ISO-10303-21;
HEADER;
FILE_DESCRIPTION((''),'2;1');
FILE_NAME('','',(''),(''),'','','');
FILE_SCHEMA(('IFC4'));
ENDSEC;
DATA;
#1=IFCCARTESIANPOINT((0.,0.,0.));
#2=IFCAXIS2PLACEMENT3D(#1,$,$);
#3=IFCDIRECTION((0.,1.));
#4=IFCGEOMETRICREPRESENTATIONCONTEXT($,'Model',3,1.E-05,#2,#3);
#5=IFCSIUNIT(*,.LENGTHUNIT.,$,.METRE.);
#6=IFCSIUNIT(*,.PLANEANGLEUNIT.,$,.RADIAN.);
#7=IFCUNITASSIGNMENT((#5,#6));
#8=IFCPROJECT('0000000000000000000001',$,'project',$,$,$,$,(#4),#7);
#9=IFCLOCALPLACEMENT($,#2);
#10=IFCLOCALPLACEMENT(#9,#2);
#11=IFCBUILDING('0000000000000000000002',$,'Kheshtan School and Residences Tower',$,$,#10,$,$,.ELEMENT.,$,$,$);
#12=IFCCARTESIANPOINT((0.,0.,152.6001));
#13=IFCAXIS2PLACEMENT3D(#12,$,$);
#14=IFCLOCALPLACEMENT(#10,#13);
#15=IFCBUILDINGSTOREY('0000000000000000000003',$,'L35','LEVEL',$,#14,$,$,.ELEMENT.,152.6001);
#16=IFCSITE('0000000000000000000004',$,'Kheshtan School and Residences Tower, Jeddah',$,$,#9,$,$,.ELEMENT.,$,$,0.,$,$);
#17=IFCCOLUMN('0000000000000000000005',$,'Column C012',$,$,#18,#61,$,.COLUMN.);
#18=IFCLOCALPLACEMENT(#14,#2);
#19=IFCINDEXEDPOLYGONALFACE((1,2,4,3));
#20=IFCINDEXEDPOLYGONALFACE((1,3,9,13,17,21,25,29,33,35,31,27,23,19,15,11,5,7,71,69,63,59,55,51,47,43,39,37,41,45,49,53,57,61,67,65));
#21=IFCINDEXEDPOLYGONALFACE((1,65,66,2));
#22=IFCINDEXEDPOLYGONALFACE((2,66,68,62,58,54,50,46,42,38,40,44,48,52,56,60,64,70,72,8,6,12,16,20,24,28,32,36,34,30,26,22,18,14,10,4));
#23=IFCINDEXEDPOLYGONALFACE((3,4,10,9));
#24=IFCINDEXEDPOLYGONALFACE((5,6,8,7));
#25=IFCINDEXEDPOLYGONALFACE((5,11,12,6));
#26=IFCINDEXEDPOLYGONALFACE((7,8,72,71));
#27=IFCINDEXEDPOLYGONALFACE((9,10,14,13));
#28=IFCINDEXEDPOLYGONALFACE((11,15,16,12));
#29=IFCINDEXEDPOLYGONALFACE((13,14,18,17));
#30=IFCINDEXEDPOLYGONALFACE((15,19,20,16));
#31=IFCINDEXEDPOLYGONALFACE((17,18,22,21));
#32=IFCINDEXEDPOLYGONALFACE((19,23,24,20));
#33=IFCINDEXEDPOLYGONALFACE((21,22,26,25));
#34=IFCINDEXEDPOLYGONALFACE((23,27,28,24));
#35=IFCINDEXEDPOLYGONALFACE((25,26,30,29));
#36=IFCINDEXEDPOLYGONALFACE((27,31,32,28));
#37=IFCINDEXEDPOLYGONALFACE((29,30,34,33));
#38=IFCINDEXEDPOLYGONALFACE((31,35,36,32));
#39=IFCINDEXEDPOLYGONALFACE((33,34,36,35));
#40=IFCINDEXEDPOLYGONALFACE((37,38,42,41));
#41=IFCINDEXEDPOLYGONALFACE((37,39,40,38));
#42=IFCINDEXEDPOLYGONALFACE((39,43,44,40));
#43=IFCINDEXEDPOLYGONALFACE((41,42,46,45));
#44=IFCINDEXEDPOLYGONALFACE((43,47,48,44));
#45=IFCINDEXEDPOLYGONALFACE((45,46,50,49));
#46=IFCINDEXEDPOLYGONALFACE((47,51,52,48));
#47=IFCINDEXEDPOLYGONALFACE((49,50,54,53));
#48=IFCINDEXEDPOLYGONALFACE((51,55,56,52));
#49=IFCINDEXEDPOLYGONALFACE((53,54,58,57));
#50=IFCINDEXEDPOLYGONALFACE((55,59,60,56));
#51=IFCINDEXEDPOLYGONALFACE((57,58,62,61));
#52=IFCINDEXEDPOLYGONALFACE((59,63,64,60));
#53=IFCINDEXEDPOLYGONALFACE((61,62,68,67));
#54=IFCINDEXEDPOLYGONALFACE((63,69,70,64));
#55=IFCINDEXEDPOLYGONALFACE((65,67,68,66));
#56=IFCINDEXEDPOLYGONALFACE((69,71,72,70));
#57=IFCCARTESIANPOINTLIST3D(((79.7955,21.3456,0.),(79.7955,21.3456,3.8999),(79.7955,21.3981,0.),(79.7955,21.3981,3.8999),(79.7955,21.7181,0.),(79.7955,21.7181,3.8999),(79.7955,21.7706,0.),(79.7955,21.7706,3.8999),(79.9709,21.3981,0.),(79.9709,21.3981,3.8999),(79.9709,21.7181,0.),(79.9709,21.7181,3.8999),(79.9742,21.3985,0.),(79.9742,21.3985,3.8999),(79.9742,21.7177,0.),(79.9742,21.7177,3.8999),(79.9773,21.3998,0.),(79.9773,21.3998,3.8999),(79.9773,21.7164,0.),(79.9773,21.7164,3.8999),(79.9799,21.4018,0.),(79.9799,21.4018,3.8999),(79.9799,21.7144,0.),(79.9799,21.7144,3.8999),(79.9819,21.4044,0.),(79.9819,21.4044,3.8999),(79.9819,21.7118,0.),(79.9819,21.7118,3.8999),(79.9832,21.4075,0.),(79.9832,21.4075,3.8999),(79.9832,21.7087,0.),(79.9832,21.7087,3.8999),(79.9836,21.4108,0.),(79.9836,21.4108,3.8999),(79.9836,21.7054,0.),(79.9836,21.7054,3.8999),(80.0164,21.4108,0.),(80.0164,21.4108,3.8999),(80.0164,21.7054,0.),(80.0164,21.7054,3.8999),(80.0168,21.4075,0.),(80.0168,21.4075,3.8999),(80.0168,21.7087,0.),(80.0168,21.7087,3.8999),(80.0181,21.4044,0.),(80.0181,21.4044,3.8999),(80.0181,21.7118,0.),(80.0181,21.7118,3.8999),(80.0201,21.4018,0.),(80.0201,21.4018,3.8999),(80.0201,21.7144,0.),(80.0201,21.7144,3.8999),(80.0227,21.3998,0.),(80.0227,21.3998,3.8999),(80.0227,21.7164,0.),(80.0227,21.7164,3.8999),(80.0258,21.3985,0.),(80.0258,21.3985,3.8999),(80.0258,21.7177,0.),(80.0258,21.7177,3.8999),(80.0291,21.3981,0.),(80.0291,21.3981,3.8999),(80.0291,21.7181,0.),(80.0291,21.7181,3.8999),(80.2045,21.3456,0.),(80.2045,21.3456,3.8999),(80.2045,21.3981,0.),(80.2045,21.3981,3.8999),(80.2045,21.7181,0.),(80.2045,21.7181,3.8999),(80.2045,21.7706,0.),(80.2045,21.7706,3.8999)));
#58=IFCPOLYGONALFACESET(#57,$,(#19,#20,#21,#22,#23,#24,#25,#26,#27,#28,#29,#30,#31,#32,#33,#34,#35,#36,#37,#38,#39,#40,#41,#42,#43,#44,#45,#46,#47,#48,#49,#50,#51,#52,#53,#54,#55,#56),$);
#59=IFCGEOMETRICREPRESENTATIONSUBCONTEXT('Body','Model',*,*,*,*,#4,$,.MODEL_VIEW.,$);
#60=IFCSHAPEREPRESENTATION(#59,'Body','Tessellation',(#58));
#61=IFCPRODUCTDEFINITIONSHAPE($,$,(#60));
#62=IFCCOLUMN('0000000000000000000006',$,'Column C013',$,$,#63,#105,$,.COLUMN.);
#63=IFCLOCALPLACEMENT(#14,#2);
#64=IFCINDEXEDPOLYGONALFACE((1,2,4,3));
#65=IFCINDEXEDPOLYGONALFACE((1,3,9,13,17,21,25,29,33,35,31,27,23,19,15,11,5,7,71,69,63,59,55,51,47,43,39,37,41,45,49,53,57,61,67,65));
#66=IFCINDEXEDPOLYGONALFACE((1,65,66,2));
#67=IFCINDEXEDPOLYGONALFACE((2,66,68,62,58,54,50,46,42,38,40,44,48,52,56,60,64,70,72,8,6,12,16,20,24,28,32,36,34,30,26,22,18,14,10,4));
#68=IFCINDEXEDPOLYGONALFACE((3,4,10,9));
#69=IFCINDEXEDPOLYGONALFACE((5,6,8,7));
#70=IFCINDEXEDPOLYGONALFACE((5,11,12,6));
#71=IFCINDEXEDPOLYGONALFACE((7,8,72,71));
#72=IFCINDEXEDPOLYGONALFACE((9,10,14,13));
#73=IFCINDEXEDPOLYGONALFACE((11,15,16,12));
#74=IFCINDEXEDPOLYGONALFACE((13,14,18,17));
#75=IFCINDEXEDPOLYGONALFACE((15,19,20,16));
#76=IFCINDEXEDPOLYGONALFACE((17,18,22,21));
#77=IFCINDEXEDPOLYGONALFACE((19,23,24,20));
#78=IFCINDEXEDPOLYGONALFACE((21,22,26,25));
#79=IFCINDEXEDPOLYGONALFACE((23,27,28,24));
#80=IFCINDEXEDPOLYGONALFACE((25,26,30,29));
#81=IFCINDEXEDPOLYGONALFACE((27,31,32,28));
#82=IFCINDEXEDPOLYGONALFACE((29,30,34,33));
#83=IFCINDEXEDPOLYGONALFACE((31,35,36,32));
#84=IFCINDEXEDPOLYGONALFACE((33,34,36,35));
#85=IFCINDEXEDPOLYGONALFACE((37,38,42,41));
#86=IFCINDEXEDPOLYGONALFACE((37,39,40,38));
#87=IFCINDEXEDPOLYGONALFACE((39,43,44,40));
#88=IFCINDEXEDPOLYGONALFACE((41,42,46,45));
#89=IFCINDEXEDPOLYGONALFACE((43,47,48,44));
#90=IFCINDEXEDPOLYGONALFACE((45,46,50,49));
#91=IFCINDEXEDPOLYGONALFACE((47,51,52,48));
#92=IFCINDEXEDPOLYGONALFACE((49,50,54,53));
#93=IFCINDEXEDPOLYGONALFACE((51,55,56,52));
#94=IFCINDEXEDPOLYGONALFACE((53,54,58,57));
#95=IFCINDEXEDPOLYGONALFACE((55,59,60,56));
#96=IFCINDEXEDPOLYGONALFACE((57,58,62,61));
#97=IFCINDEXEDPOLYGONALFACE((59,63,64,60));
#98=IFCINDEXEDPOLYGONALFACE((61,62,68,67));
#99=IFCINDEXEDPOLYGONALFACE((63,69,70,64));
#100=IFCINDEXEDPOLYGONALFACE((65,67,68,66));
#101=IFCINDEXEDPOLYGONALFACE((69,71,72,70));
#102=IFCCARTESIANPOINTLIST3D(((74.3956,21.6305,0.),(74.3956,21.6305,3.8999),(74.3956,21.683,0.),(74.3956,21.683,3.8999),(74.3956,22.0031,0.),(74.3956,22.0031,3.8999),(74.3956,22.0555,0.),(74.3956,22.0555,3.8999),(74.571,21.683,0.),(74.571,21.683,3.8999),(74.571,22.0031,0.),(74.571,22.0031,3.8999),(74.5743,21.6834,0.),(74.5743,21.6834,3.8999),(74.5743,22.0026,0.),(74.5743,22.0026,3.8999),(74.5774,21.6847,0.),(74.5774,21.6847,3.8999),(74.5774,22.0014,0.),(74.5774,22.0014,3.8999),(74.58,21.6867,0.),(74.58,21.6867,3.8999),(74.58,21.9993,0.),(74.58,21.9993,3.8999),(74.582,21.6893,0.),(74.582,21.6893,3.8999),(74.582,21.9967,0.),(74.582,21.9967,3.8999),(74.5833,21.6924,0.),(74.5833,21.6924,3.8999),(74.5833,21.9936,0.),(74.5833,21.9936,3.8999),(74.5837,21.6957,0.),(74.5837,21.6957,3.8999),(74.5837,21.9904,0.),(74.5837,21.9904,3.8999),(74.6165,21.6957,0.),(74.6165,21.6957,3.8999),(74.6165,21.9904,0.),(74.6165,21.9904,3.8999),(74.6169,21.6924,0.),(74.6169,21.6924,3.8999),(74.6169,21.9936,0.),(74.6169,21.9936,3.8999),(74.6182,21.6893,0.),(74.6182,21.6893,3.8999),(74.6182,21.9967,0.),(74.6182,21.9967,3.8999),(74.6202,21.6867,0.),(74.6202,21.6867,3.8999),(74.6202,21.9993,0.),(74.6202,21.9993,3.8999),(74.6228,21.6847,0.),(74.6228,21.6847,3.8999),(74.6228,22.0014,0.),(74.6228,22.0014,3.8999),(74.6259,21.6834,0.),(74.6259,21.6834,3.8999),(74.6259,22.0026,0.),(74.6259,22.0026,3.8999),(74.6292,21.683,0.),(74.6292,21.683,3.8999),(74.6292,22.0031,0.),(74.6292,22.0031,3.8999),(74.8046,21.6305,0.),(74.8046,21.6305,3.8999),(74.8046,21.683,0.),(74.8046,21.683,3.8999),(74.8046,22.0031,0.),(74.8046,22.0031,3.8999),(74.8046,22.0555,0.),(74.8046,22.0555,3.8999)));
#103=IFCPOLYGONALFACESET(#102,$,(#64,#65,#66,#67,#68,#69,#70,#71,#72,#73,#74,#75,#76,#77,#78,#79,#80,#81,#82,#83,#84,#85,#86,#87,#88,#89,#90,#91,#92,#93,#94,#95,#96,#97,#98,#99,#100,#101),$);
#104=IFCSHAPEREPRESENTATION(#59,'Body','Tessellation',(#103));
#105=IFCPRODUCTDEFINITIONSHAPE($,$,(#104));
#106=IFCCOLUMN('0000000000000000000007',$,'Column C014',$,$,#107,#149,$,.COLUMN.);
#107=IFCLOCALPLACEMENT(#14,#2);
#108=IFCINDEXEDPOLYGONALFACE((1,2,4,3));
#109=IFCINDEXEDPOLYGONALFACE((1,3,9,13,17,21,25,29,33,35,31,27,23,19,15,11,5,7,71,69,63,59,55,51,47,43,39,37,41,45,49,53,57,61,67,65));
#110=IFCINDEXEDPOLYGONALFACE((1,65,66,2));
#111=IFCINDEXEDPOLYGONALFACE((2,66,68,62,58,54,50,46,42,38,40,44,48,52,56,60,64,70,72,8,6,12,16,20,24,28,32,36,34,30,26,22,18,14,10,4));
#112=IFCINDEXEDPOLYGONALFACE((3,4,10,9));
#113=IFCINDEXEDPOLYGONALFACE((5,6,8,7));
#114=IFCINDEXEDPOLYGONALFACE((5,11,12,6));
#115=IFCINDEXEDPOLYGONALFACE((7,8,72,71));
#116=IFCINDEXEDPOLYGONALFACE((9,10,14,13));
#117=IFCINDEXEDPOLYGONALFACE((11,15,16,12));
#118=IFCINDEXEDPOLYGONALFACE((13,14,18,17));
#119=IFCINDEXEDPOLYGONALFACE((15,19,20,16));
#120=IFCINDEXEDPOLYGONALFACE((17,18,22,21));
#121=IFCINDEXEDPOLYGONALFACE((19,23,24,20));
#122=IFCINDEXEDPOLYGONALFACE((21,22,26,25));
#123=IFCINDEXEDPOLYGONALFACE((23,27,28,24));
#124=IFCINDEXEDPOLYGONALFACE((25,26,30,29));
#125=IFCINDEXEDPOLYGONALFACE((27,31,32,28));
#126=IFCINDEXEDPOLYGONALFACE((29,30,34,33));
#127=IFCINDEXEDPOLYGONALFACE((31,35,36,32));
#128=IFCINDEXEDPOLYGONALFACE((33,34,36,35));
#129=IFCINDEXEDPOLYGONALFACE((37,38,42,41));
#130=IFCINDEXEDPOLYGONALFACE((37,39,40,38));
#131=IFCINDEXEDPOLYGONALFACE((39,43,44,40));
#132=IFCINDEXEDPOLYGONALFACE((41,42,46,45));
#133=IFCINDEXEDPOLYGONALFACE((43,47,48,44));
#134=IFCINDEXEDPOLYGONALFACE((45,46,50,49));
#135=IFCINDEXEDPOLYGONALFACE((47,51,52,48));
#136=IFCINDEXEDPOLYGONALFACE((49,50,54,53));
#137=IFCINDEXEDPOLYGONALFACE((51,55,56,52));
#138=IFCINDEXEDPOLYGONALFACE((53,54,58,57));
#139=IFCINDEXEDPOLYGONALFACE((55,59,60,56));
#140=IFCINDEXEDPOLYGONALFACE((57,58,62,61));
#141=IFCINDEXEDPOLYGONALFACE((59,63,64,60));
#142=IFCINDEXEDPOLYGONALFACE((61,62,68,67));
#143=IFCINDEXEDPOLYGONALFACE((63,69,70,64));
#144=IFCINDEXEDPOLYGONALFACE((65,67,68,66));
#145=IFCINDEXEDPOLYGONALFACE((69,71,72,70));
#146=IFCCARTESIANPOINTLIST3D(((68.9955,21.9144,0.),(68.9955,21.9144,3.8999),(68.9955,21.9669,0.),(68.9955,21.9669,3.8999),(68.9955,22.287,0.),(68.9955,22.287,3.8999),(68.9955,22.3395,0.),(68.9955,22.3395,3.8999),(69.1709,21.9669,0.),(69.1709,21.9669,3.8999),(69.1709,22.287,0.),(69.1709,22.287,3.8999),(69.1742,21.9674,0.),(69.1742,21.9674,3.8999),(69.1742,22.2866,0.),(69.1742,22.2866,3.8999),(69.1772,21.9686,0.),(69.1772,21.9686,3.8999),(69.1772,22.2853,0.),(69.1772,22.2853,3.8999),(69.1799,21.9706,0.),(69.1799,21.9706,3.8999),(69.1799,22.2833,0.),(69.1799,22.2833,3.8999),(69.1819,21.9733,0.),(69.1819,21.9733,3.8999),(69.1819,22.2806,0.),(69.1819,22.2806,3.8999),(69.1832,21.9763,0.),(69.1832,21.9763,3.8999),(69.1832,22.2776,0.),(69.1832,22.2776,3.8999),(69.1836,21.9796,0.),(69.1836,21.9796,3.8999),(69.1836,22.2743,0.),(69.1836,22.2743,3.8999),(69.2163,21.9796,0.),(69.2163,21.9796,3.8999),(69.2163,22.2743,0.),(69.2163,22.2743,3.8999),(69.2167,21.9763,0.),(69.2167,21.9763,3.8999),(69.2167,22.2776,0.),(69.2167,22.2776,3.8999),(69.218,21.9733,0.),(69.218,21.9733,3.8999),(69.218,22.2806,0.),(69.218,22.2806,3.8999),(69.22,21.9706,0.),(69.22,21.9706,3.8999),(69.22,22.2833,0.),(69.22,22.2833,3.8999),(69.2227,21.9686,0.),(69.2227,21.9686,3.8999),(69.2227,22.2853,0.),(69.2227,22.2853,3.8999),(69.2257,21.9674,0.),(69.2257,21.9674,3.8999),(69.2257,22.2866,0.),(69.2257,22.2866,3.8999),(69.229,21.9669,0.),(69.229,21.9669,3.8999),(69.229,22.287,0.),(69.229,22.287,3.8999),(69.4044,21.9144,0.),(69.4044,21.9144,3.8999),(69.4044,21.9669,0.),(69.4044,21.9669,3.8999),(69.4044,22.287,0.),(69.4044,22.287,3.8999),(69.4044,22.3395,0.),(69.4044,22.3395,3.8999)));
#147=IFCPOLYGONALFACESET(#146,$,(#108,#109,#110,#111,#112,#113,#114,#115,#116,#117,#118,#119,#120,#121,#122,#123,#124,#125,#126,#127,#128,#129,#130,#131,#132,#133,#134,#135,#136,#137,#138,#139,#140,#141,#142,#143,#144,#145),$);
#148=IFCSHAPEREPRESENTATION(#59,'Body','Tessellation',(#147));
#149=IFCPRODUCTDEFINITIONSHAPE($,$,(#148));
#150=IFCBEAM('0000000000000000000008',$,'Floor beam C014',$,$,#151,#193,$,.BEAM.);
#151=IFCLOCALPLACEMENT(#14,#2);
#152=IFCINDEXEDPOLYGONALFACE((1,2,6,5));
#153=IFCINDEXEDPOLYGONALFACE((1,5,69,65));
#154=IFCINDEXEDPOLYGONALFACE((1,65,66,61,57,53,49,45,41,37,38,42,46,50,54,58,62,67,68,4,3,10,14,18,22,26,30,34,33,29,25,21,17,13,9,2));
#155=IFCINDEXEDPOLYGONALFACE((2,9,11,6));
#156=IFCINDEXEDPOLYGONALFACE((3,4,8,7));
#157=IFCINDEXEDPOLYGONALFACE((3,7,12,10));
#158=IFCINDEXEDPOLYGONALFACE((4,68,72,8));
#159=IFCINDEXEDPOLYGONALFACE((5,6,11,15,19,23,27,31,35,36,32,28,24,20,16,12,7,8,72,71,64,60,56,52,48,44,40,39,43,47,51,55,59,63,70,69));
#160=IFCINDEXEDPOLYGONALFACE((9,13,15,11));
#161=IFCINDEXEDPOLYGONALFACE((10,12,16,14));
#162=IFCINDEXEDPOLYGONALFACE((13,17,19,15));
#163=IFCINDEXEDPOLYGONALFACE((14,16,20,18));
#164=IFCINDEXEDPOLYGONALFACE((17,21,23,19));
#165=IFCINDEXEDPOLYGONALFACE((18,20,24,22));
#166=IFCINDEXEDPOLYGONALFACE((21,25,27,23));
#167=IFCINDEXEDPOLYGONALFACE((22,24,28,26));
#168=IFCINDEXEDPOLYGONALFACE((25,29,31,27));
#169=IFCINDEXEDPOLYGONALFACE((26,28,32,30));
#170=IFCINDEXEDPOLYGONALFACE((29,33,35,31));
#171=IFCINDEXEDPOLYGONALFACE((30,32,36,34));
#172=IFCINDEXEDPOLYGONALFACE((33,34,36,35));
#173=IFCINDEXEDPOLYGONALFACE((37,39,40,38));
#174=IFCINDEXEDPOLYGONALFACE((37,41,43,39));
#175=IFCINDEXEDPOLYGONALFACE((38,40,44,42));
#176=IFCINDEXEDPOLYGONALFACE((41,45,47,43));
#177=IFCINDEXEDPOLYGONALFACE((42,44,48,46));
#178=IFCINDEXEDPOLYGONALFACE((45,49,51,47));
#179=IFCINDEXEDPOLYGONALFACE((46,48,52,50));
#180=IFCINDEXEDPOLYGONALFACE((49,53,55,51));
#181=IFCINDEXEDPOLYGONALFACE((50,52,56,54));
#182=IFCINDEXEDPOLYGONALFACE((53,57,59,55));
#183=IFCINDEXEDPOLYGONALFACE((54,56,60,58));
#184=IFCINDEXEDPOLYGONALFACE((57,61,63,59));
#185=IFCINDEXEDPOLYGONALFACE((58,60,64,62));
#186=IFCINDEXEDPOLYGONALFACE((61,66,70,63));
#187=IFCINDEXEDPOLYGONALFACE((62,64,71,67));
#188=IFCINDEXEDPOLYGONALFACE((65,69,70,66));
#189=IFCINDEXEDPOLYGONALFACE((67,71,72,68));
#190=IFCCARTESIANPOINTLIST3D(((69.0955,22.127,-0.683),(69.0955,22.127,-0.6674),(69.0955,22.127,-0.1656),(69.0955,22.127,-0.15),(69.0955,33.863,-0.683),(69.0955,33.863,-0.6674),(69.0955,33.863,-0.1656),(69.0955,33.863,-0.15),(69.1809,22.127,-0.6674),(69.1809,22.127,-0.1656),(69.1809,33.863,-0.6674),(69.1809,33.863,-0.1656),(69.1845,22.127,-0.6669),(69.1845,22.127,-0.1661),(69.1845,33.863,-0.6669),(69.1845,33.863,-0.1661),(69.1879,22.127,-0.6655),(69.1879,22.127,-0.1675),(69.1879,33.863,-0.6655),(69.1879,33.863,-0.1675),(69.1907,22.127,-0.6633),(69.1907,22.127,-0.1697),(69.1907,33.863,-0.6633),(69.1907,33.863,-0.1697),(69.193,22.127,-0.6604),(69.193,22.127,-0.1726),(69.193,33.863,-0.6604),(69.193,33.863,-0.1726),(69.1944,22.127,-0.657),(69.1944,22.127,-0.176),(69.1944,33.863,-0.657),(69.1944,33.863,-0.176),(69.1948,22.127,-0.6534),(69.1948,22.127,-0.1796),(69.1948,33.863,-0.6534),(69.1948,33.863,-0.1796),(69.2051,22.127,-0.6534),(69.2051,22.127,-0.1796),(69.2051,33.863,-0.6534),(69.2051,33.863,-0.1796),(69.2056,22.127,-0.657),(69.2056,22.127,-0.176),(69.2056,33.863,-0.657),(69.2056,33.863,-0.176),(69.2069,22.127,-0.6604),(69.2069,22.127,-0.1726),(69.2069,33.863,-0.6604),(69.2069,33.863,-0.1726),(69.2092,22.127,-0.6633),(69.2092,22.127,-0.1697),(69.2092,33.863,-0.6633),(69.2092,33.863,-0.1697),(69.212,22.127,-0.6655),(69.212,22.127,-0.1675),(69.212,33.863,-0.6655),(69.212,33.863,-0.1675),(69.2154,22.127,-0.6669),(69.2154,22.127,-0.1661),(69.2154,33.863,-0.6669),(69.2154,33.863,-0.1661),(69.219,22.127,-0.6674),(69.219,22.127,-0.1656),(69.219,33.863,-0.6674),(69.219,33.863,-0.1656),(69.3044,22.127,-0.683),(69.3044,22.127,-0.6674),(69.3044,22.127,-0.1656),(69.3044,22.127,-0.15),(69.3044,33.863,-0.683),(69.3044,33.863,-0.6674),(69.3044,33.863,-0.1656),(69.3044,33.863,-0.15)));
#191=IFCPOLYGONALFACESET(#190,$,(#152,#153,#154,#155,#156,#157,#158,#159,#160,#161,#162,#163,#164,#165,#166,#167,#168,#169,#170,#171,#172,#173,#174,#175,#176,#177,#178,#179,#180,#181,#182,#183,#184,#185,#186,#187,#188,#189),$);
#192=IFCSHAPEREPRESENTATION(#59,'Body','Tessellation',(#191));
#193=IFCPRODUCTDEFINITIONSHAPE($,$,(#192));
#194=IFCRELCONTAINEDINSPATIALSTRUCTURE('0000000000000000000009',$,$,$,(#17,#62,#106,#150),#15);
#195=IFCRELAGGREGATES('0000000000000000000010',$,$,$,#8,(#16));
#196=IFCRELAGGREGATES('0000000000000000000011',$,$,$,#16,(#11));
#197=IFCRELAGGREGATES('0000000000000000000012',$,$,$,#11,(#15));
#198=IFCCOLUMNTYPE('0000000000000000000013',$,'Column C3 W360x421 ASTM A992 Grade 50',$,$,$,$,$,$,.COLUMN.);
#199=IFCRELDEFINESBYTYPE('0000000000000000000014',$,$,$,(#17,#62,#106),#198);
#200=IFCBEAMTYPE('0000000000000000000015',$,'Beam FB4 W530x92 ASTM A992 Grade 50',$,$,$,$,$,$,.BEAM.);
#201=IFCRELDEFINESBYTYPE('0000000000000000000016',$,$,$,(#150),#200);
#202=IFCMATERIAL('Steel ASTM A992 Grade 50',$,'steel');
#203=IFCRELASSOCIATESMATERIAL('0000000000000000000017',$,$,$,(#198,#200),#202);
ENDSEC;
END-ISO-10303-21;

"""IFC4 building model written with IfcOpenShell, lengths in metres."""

from ifc_helpers import new_model, si_unit, direction, frame, origin, origin_2d, place, context, subcontext, project, spatial, i_section, extrude, material, material_profile, profile_set, type_object, element, save


model = new_model("IFC4")

# Units and contexts
model_context = context("Model", 3, precision=1e-05, world=origin(), true_north=direction((0.0, 1.0)))
body_context = subcontext(model_context, "Body", "Model", "MODEL_VIEW")
ifc_project = project(units=[si_unit("LENGTHUNIT", "METRE"), si_unit("PLANEANGLEUNIT", "RADIAN")], contexts=[model_context])

# Site, building, storey
site_placement = place(None, origin())
site = spatial("IfcSite", under=ifc_project, at=site_placement, Name="Kheshtan School and Residences Tower, Jeddah", CompositionType="ELEMENT", RefElevation=0.0)
building_placement = place(site_placement, origin())
building = spatial("IfcBuilding", under=site, at=building_placement, Name="Kheshtan School and Residences Tower", CompositionType="ELEMENT")
storey_placement = place(building_placement, frame((0.0, 0.0, 152.6001)))
storey = spatial("IfcBuildingStorey", under=building, at=storey_placement, Name="L35", Description="LEVEL", CompositionType="ELEMENT", Elevation=152.6001)

# Columns
ifc_material_1 = material(Name="Steel ASTM A992 Grade 50", Category="steel")
ifc_material_profile_1 = material_profile(ifc_material_1, i_section(OverallWidth=0.4089, OverallDepth=0.425, WebThickness=0.0327, FlangeThickness=0.0525, FilletRadius=0.0127, at=origin_2d()), Name="W360x421")
ifc_profile_set_1 = profile_set([ifc_material_profile_1], Name="Steel ASTM A992 Grade 50")
column_type = type_object("IfcColumnType", Name="Column C3 W360x421 ASTM A992 Grade 50", PredefinedType="COLUMN", material=ifc_profile_set_1)
for number, where, z_axis, x_axis, name in (
    (1, (80.0, 21.5581, 0.0), (0.0, 0.0, 1.0), (1.0, 0.0, 0.0), "Column C012"),
    (2, (74.6001, 21.843, 0.0), (0.0, 0.0, 1.0), (1.0, 0.0, 0.0), "Column C013"),
    (3, (69.2, 22.127, 0.0), (0.0, 0.0, 1.0), (1.0, 0.0, 0.0), "Column C014"),
):
    element("IfcColumn", number, at=place(storey_placement, frame(where, z_axis=z_axis, x_axis=x_axis)), inside=storey, type_object=column_type, Name=name, PredefinedType="COLUMN", context=body_context, shape_type="SweptSolid", body=[
        extrude(i_section(OverallWidth=0.4089, OverallDepth=0.425, WebThickness=0.0327, FlangeThickness=0.0525, FilletRadius=0.0127, at=origin_2d()), origin(), (0.0, 0.0, 1.0), 3.8999),
    ])

# Beam
ifc_material_profile_2 = material_profile(ifc_material_1, i_section(OverallWidth=0.209, OverallDepth=0.533, WebThickness=0.0103, FlangeThickness=0.0156, FilletRadius=0.0139, at=origin_2d()), Name="W530x92")
ifc_profile_set_2 = profile_set([ifc_material_profile_2], Name="Steel ASTM A992 Grade 50")
beam_type_1 = type_object("IfcBeamType", Name="Beam FB4 W530x92 ASTM A992 Grade 50", PredefinedType="BEAM", material=ifc_profile_set_2)
beam_1_placement = place(storey_placement, frame((69.2, 22.127, -0.4165), z_axis=(0.0, 1.0, 0.0), x_axis=(-1.0, 0.0, 0.0)))
element("IfcBeam", 4, at=beam_1_placement, inside=storey, type_object=beam_type_1, Name="Floor beam C014", PredefinedType="BEAM", context=body_context, shape_type="SweptSolid", body=[
    extrude(i_section(OverallWidth=0.209, OverallDepth=0.533, WebThickness=0.0103, FlangeThickness=0.0156, FilletRadius=0.0139, at=origin_2d()), origin(), (0.0, 0.0, 1.0), 11.7361),
])

save(model, "model.ifc")
